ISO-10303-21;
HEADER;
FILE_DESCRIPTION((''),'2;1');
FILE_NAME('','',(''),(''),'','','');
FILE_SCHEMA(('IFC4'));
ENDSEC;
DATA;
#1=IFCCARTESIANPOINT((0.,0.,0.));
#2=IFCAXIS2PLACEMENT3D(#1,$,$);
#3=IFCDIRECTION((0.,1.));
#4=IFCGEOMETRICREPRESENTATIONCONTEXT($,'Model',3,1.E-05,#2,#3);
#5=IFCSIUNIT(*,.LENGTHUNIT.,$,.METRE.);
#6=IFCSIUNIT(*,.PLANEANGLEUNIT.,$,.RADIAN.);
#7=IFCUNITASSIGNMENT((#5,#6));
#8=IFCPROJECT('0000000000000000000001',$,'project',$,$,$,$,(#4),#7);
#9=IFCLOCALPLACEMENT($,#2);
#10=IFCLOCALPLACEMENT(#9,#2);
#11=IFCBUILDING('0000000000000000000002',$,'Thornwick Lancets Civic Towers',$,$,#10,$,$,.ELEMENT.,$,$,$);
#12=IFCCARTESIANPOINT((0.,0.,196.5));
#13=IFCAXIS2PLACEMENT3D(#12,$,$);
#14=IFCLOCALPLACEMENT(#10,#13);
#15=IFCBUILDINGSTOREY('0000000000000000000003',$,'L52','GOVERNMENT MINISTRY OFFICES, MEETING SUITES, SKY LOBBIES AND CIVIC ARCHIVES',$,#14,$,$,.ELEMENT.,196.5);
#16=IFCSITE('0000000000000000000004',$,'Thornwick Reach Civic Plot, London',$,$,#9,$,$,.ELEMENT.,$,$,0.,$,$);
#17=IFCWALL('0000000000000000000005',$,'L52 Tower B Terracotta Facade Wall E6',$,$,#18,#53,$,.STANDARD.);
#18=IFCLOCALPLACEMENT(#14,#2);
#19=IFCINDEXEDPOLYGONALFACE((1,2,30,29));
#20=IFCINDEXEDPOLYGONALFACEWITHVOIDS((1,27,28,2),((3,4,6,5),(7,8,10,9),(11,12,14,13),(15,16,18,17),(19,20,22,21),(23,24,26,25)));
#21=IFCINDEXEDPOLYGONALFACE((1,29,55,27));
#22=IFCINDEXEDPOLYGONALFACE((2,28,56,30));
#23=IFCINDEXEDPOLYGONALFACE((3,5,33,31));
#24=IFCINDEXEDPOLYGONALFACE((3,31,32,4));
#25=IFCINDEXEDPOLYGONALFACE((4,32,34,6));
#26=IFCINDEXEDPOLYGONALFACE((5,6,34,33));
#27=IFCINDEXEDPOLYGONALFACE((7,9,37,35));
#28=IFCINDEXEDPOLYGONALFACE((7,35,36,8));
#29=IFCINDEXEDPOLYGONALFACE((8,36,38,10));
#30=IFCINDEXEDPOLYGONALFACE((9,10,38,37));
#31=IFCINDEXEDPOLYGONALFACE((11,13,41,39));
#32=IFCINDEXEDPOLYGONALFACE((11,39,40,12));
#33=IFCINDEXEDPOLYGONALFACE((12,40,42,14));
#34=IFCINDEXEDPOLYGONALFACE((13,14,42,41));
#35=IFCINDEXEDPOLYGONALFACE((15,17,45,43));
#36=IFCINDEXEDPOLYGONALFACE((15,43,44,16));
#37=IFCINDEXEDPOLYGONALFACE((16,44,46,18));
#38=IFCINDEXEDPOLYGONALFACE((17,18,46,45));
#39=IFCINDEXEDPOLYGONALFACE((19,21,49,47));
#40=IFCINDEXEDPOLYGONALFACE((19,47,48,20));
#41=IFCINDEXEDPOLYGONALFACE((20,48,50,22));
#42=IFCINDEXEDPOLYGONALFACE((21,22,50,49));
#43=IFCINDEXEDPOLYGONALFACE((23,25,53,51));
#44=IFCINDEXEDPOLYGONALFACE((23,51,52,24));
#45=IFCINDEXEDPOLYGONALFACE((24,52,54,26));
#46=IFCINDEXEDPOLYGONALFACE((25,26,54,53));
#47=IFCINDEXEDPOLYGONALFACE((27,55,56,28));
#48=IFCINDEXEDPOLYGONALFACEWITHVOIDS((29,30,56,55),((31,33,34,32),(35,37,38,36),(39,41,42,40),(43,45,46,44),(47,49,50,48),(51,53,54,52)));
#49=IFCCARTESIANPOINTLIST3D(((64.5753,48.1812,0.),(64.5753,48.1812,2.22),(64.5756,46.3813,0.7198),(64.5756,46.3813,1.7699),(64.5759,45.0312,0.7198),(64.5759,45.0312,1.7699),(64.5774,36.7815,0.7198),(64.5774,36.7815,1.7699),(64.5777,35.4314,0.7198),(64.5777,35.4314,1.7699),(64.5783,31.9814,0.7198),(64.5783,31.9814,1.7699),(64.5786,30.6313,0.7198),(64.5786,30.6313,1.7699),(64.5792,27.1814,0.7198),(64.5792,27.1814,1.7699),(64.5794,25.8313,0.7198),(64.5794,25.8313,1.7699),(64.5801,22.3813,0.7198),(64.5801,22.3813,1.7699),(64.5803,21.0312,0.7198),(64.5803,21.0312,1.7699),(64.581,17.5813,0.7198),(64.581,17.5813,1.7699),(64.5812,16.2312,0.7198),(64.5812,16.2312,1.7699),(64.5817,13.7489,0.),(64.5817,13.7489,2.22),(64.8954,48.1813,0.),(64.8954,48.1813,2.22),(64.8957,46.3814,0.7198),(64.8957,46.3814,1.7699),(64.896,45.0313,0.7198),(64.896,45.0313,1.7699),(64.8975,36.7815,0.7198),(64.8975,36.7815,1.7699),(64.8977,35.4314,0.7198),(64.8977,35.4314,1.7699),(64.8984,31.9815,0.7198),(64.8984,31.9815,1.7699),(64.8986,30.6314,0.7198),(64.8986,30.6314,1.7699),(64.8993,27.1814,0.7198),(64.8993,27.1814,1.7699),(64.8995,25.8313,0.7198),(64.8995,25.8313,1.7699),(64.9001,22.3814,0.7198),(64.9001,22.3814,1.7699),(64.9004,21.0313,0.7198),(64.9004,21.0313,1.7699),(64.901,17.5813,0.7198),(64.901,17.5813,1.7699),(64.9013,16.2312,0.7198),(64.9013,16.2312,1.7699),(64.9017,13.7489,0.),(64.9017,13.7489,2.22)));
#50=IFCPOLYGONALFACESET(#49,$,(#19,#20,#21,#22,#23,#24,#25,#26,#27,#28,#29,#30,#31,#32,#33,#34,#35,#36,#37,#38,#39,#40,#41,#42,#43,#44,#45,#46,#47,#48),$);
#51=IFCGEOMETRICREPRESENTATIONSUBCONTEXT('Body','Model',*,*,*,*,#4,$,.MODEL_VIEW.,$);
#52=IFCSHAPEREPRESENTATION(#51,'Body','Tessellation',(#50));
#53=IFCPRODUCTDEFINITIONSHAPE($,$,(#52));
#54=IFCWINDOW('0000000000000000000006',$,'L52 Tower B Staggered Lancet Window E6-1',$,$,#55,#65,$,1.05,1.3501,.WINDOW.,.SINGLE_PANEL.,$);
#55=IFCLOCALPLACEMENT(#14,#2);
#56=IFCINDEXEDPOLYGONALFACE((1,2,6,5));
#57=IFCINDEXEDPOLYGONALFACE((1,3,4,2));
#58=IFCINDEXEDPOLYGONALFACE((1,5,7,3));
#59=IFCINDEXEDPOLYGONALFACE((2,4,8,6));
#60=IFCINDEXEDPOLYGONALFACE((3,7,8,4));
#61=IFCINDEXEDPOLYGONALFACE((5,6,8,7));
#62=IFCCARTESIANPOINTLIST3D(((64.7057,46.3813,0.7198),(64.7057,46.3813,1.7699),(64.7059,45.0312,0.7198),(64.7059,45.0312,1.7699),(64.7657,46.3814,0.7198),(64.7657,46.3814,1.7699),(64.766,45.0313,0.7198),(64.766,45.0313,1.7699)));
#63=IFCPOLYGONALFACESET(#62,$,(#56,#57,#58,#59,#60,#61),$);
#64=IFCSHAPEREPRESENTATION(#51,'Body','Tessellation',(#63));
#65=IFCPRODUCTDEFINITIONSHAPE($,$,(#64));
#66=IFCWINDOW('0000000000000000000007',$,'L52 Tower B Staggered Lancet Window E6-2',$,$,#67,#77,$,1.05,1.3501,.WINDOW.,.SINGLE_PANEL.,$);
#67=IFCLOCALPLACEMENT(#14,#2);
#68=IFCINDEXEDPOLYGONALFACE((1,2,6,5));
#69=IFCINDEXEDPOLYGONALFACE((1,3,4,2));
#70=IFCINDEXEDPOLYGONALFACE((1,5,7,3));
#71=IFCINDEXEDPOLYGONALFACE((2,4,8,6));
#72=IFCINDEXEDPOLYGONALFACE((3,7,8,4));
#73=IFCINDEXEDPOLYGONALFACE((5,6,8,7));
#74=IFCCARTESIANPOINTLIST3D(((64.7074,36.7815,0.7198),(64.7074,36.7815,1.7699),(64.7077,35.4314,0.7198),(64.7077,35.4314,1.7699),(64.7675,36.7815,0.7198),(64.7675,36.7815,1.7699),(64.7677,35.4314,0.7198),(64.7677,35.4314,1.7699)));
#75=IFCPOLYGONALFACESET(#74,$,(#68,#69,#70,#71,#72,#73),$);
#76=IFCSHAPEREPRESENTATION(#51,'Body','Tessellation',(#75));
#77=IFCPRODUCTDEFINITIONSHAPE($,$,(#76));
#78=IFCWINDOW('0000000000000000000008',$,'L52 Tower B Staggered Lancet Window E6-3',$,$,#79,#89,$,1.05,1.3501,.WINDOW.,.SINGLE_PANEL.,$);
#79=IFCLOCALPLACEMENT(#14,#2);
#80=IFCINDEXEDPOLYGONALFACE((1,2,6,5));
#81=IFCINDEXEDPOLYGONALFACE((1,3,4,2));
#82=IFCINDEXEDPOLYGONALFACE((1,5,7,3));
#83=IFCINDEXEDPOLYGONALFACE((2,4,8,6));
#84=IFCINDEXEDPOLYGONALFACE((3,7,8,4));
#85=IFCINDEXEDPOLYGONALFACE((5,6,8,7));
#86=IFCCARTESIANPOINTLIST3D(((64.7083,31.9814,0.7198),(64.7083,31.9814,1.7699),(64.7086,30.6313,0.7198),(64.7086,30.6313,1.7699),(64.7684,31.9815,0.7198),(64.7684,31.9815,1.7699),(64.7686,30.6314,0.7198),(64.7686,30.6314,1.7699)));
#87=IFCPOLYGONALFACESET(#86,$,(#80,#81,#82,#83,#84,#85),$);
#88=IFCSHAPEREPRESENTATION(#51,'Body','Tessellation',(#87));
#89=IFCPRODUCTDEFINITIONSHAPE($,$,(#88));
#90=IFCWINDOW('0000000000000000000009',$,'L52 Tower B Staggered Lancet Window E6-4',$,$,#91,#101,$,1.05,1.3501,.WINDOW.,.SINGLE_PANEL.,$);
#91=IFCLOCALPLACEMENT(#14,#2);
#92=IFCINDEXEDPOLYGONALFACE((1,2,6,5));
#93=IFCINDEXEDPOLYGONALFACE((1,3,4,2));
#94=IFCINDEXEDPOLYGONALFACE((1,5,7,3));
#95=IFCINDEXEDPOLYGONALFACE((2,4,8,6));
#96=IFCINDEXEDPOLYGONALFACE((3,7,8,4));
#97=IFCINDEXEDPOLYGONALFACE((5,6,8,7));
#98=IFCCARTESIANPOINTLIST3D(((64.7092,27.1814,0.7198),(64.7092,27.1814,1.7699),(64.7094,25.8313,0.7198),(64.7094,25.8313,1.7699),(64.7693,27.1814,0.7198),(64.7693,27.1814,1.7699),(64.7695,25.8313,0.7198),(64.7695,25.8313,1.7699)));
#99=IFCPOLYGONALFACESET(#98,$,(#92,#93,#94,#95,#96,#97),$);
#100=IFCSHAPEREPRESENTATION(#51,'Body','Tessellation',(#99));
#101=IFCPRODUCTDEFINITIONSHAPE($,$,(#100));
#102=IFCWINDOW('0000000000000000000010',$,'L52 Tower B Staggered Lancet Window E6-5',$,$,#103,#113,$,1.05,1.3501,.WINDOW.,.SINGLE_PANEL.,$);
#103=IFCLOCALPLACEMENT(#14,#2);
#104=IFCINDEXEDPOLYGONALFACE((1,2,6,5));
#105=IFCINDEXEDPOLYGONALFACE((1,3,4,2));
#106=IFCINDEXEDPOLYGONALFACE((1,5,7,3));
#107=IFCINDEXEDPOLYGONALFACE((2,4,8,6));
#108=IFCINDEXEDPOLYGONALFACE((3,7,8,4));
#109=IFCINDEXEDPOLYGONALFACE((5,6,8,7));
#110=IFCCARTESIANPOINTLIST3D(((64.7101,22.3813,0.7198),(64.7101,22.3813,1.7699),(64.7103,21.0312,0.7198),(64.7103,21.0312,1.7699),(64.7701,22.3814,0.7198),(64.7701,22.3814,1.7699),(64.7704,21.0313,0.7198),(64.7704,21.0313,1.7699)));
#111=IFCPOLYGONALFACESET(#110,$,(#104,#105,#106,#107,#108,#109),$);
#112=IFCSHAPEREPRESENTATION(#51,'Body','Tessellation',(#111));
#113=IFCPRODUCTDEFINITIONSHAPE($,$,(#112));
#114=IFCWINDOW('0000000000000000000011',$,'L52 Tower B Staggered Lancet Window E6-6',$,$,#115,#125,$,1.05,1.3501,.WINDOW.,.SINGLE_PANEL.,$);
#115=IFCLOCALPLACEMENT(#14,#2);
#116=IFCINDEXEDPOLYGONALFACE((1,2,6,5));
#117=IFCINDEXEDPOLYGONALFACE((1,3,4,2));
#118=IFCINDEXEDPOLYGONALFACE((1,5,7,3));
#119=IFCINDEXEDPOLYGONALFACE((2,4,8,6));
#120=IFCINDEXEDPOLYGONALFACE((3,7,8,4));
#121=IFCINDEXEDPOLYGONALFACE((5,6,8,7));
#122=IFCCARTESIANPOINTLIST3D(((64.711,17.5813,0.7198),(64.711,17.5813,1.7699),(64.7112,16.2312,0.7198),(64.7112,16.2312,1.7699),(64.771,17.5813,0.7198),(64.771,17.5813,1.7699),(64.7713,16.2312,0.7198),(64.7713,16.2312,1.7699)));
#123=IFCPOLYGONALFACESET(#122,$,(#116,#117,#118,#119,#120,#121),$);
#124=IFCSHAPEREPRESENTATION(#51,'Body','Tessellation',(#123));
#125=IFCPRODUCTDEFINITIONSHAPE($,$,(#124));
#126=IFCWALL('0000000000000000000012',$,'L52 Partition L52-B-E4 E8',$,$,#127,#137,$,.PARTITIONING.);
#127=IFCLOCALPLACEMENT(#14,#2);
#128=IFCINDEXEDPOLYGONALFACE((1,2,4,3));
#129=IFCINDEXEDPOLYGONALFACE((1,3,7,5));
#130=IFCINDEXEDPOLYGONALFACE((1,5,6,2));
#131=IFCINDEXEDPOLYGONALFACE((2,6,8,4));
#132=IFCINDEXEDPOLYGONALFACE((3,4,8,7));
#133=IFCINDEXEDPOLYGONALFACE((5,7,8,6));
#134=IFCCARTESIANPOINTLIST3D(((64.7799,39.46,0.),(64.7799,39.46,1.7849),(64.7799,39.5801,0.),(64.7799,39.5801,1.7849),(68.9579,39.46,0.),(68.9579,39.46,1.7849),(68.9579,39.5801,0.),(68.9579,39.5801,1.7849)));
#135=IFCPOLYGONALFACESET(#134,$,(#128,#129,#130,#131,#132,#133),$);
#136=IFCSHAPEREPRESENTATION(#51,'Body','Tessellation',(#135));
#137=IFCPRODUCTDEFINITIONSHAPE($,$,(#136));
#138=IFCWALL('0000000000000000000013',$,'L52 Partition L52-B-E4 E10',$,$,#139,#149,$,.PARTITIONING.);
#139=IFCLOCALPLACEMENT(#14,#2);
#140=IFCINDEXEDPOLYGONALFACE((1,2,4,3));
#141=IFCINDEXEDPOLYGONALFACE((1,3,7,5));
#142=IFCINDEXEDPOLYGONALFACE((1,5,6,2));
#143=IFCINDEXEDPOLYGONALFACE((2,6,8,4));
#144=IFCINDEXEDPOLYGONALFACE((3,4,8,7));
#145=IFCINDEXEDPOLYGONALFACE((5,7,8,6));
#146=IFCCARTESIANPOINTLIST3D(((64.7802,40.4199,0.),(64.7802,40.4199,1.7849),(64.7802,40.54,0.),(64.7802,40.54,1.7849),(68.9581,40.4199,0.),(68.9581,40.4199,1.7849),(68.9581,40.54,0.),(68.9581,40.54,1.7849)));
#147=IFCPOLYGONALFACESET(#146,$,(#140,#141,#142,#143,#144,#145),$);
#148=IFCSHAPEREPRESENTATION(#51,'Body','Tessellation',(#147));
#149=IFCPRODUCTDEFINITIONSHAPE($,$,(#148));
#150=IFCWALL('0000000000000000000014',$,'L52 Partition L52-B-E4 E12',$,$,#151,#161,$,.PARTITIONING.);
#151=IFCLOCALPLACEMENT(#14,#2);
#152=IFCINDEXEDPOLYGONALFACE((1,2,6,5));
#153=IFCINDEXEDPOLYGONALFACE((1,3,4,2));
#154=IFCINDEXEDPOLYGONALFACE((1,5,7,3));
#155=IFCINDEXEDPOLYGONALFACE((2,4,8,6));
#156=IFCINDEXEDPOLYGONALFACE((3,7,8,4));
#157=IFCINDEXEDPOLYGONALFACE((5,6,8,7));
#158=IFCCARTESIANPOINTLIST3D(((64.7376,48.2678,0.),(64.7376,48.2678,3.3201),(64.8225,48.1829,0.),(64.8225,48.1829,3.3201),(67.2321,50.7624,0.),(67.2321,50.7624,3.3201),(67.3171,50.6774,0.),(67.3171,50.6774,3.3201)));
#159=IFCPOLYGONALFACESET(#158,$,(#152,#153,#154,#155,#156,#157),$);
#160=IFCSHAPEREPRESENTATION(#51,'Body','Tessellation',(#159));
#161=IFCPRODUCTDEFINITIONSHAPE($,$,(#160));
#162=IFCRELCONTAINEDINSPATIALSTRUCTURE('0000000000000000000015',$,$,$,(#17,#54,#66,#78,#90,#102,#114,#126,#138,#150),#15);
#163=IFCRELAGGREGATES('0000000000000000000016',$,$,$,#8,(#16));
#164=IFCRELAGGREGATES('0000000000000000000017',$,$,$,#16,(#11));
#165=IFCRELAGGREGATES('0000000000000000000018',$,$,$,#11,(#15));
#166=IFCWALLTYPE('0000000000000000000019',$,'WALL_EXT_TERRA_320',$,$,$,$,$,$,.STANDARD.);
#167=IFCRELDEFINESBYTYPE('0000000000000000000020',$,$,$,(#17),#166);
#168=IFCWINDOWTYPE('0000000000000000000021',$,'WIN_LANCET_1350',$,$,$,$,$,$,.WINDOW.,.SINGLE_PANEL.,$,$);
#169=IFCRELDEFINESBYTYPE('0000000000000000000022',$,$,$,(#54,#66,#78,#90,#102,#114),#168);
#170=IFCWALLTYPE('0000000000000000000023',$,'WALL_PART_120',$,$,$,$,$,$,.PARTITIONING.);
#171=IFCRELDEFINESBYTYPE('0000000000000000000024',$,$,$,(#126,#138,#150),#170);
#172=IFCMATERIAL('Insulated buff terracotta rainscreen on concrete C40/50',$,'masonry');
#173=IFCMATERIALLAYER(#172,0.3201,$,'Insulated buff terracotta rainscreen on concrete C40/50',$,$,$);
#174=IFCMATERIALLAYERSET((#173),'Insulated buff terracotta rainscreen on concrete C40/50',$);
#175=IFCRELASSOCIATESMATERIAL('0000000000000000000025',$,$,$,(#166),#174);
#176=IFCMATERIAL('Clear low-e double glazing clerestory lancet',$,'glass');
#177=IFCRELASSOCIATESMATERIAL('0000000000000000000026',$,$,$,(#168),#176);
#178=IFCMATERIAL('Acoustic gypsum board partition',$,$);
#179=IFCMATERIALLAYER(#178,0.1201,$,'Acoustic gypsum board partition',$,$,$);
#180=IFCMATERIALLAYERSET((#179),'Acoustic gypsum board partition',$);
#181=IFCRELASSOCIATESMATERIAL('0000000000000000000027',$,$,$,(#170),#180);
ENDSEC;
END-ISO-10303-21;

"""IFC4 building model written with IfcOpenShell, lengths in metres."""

from ifc_helpers import new_model, si_unit, direction, frame, frame_2d, origin, place, context, subcontext, project, spatial, rectangle, extrude, material, layer, layer_set, type_object, element, fill, save


model = new_model("IFC4")

# Units and contexts
model_context = context("Model", 3, precision=1e-05, world=origin(), true_north=direction((0.0, 1.0)))
body_context = subcontext(model_context, "Body", "Model", "MODEL_VIEW")
ifc_project = project(units=[si_unit("LENGTHUNIT", "METRE"), si_unit("PLANEANGLEUNIT", "RADIAN")], contexts=[model_context])

# Site, building, storey
site_placement = place(None, origin())
site = spatial("IfcSite", under=ifc_project, at=site_placement, Name="Thornwick Reach Civic Plot, London", CompositionType="ELEMENT", RefElevation=0.0)
building_placement = place(site_placement, origin())
building = spatial("IfcBuilding", under=site, at=building_placement, Name="Thornwick Lancets Civic Towers", CompositionType="ELEMENT")
storey_placement = place(building_placement, frame((0.0, 0.0, 196.5)))
storey = spatial("IfcBuildingStorey", under=building, at=storey_placement, Name="L52", Description="GOVERNMENT MINISTRY OFFICES, MEETING SUITES, SKY LOBBIES AND CIVIC ARCHIVES", CompositionType="ELEMENT", Elevation=196.5)

# Wall, openings, windows
ifc_material_1 = material(Name="Insulated buff terracotta rainscreen on concrete C40/50", Category="masonry")
ifc_layer_1 = layer(ifc_material_1, 0.3201, Name="Insulated buff terracotta rainscreen on concrete C40/50")
ifc_layer_set_1 = layer_set([ifc_layer_1], Name="Insulated buff terracotta rainscreen on concrete C40/50")
wall_type_1 = type_object("IfcWallType", Name="WALL_EXT_TERRA_320", PredefinedType="STANDARD", material=ifc_layer_set_1)
wall_1_placement = place(storey_placement, frame((64.7354, 48.1814, 0.0), z_axis=(0.0, 0.0, 1.0), x_axis=(0.000184, -1.0, 0.0)))
wall_1 = element("IfcWall", 1, at=wall_1_placement, inside=storey, type_object=wall_type_1, Name="L52 Tower B Terracotta Facade Wall E6", PredefinedType="STANDARD", context=body_context, shape_type="SweptSolid", body=[
    extrude(rectangle(XDim=34.4324, YDim=0.3201, at=frame_2d((17.2163, 0.0))), origin(), (0.0, 0.0, 1.0), 2.22),
])
opening_1_placement = place(wall_1_placement, frame((1.8, 0.0, 0.72)))
opening_1 = element("IfcOpeningElement", 2, at=opening_1_placement, cuts=wall_1, PredefinedType="OPENING", context=body_context, shape_type="SweptSolid", body=[
    extrude(rectangle(XDim=1.3501, YDim=1.05, at=frame_2d((0.675, 0.5249))), frame((0.0, 0.1699, 0.0), z_axis=(0.0, -1.0, 0.0), x_axis=(1.0, 0.0, 0.0)), (0.0, 0.0, 1.0), 0.3401),
])
opening_2_placement = place(wall_1_placement, frame((11.3999, 0.0, 0.72)))
opening_2 = element("IfcOpeningElement", 3, at=opening_2_placement, cuts=wall_1, PredefinedType="OPENING", context=body_context, shape_type="SweptSolid", body=[
    extrude(rectangle(XDim=1.3501, YDim=1.05, at=frame_2d((0.675, 0.5249))), frame((0.0, 0.1699, 0.0), z_axis=(0.0, -1.0, 0.0), x_axis=(1.0, 0.0, 0.0)), (0.0, 0.0, 1.0), 0.3401),
])
opening_3_placement = place(wall_1_placement, frame((16.2, 0.0, 0.72)))
opening_3 = element("IfcOpeningElement", 4, at=opening_3_placement, cuts=wall_1, PredefinedType="OPENING", context=body_context, shape_type="SweptSolid", body=[
    extrude(rectangle(XDim=1.3501, YDim=1.05, at=frame_2d((0.675, 0.5249))), frame((0.0, 0.1699, 0.0), z_axis=(0.0, -1.0, 0.0), x_axis=(1.0, 0.0, 0.0)), (0.0, 0.0, 1.0), 0.3401),
])
opening_4_placement = place(wall_1_placement, frame((21.0, 0.0, 0.72)))
opening_4 = element("IfcOpeningElement", 5, at=opening_4_placement, cuts=wall_1, PredefinedType="OPENING", context=body_context, shape_type="SweptSolid", body=[
    extrude(rectangle(XDim=1.3501, YDim=1.05, at=frame_2d((0.675, 0.5249))), frame((0.0, 0.1699, 0.0), z_axis=(0.0, -1.0, 0.0), x_axis=(1.0, 0.0, 0.0)), (0.0, 0.0, 1.0), 0.3401),
])
opening_5_placement = place(wall_1_placement, frame((25.8, 0.0, 0.72)))
opening_5 = element("IfcOpeningElement", 6, at=opening_5_placement, cuts=wall_1, PredefinedType="OPENING", context=body_context, shape_type="SweptSolid", body=[
    extrude(rectangle(XDim=1.3501, YDim=1.05, at=frame_2d((0.675, 0.5249))), frame((0.0, 0.1699, 0.0), z_axis=(0.0, -1.0, 0.0), x_axis=(1.0, 0.0, 0.0)), (0.0, 0.0, 1.0), 0.3401),
])
opening_6_placement = place(wall_1_placement, frame((30.6001, 0.0, 0.72)))
opening_6 = element("IfcOpeningElement", 7, at=opening_6_placement, cuts=wall_1, PredefinedType="OPENING", context=body_context, shape_type="SweptSolid", body=[
    extrude(rectangle(XDim=1.3501, YDim=1.05, at=frame_2d((0.675, 0.5249))), frame((0.0, 0.1699, 0.0), z_axis=(0.0, -1.0, 0.0), x_axis=(1.0, 0.0, 0.0)), (0.0, 0.0, 1.0), 0.3401),
])
ifc_material_2 = material(Name="Clear low-e double glazing clerestory lancet", Category="glass")
window_type = type_object("IfcWindowType", Name="WIN_LANCET_1350", PartitioningType="SINGLE_PANEL", PredefinedType="WINDOW", material=ifc_material_2)
window_1_placement = place(opening_1_placement, origin())
window_1 = element("IfcWindow", 8, at=window_1_placement, inside=storey, type_object=window_type, Name="L52 Tower B Staggered Lancet Window E6-1", OverallHeight=1.05, OverallWidth=1.3501, PartitioningType="SINGLE_PANEL", PredefinedType="WINDOW", context=body_context, shape_type="SweptSolid", body=[
    extrude(rectangle(XDim=1.3501, YDim=1.05, at=frame_2d((0.675, 0.5249))), frame((0.0, 0.03, 0.0), z_axis=(0.0, -1.0, 0.0), x_axis=(1.0, 0.0, 0.0)), (0.0, 0.0, 1.0), 0.0601),
])
fill(opening_1, window_1)
window_2_placement = place(opening_2_placement, origin())
window_2 = element("IfcWindow", 9, at=window_2_placement, inside=storey, type_object=window_type, Name="L52 Tower B Staggered Lancet Window E6-2", OverallHeight=1.05, OverallWidth=1.3501, PartitioningType="SINGLE_PANEL", PredefinedType="WINDOW", context=body_context, shape_type="SweptSolid", body=[
    extrude(rectangle(XDim=1.3501, YDim=1.05, at=frame_2d((0.675, 0.5249))), frame((0.0, 0.03, 0.0), z_axis=(0.0, -1.0, 0.0), x_axis=(1.0, 0.0, 0.0)), (0.0, 0.0, 1.0), 0.0601),
])
fill(opening_2, window_2)
window_3_placement = place(opening_3_placement, origin())
window_3 = element("IfcWindow", 10, at=window_3_placement, inside=storey, type_object=window_type, Name="L52 Tower B Staggered Lancet Window E6-3", OverallHeight=1.05, OverallWidth=1.3501, PartitioningType="SINGLE_PANEL", PredefinedType="WINDOW", context=body_context, shape_type="SweptSolid", body=[
    extrude(rectangle(XDim=1.3501, YDim=1.05, at=frame_2d((0.675, 0.5249))), frame((0.0, 0.03, 0.0), z_axis=(0.0, -1.0, 0.0), x_axis=(1.0, 0.0, 0.0)), (0.0, 0.0, 1.0), 0.0601),
])
fill(opening_3, window_3)
window_4_placement = place(opening_4_placement, origin())
window_4 = element("IfcWindow", 11, at=window_4_placement, inside=storey, type_object=window_type, Name="L52 Tower B Staggered Lancet Window E6-4", OverallHeight=1.05, OverallWidth=1.3501, PartitioningType="SINGLE_PANEL", PredefinedType="WINDOW", context=body_context, shape_type="SweptSolid", body=[
    extrude(rectangle(XDim=1.3501, YDim=1.05, at=frame_2d((0.675, 0.5249))), frame((0.0, 0.03, 0.0), z_axis=(0.0, -1.0, 0.0), x_axis=(1.0, 0.0, 0.0)), (0.0, 0.0, 1.0), 0.0601),
])
fill(opening_4, window_4)
window_5_placement = place(opening_5_placement, origin())
window_5 = element("IfcWindow", 12, at=window_5_placement, inside=storey, type_object=window_type, Name="L52 Tower B Staggered Lancet Window E6-5", OverallHeight=1.05, OverallWidth=1.3501, PartitioningType="SINGLE_PANEL", PredefinedType="WINDOW", context=body_context, shape_type="SweptSolid", body=[
    extrude(rectangle(XDim=1.3501, YDim=1.05, at=frame_2d((0.675, 0.5249))), frame((0.0, 0.03, 0.0), z_axis=(0.0, -1.0, 0.0), x_axis=(1.0, 0.0, 0.0)), (0.0, 0.0, 1.0), 0.0601),
])
fill(opening_5, window_5)
window_6_placement = place(opening_6_placement, origin())
window_6 = element("IfcWindow", 13, at=window_6_placement, inside=storey, type_object=window_type, Name="L52 Tower B Staggered Lancet Window E6-6", OverallHeight=1.05, OverallWidth=1.3501, PartitioningType="SINGLE_PANEL", PredefinedType="WINDOW", context=body_context, shape_type="SweptSolid", body=[
    extrude(rectangle(XDim=1.3501, YDim=1.05, at=frame_2d((0.675, 0.5249))), frame((0.0, 0.03, 0.0), z_axis=(0.0, -1.0, 0.0), x_axis=(1.0, 0.0, 0.0)), (0.0, 0.0, 1.0), 0.0601),
])
fill(opening_6, window_6)

# Walls
ifc_material_3 = material(Name="Acoustic gypsum board partition")
ifc_layer_2 = layer(ifc_material_3, 0.1201, Name="Acoustic gypsum board partition")
ifc_layer_set_2 = layer_set([ifc_layer_2], Name="Acoustic gypsum board partition")
wall_type_2 = type_object("IfcWallType", Name="WALL_PART_120", PredefinedType="PARTITIONING", material=ifc_layer_set_2)
for number, where, z_axis, x_axis, name in (
    (14, (64.78, 39.52, 0.0), (0.0, 0.0, 1.0), (1.0, 0.0, 0.0), "L52 Partition L52-B-E4 E8"),
    (15, (68.958, 40.48, 0.0), (0.0, 0.0, 1.0), (-1.0, 0.0, 0.0), "L52 Partition L52-B-E4 E10"),
):
    element("IfcWall", number, at=place(storey_placement, frame(where, z_axis=z_axis, x_axis=x_axis)), inside=storey, type_object=wall_type_2, Name=name, PredefinedType="PARTITIONING", context=body_context, shape_type="SweptSolid", body=[
        extrude(rectangle(XDim=4.178, YDim=0.1201, at=frame_2d((2.0889, 0.0))), origin(), (0.0, 0.0, 1.0), 1.7849),
    ])
wall_2_placement = place(storey_placement, frame((64.78, 48.2253, 0.0), z_axis=(0.0, 0.0, 1.0), x_axis=(0.707107, 0.707107, 0.0)))
element("IfcWall", 16, at=wall_2_placement, inside=storey, type_object=wall_type_2, Name="L52 Partition L52-B-E4 E12", PredefinedType="PARTITIONING", context=body_context, shape_type="SweptSolid", body=[
    extrude(rectangle(XDim=3.5278, YDim=0.1201, at=frame_2d((1.7639, 0.0))), origin(), (0.0, 0.0, 1.0), 3.3201),
])

save(model, "model.ifc")
